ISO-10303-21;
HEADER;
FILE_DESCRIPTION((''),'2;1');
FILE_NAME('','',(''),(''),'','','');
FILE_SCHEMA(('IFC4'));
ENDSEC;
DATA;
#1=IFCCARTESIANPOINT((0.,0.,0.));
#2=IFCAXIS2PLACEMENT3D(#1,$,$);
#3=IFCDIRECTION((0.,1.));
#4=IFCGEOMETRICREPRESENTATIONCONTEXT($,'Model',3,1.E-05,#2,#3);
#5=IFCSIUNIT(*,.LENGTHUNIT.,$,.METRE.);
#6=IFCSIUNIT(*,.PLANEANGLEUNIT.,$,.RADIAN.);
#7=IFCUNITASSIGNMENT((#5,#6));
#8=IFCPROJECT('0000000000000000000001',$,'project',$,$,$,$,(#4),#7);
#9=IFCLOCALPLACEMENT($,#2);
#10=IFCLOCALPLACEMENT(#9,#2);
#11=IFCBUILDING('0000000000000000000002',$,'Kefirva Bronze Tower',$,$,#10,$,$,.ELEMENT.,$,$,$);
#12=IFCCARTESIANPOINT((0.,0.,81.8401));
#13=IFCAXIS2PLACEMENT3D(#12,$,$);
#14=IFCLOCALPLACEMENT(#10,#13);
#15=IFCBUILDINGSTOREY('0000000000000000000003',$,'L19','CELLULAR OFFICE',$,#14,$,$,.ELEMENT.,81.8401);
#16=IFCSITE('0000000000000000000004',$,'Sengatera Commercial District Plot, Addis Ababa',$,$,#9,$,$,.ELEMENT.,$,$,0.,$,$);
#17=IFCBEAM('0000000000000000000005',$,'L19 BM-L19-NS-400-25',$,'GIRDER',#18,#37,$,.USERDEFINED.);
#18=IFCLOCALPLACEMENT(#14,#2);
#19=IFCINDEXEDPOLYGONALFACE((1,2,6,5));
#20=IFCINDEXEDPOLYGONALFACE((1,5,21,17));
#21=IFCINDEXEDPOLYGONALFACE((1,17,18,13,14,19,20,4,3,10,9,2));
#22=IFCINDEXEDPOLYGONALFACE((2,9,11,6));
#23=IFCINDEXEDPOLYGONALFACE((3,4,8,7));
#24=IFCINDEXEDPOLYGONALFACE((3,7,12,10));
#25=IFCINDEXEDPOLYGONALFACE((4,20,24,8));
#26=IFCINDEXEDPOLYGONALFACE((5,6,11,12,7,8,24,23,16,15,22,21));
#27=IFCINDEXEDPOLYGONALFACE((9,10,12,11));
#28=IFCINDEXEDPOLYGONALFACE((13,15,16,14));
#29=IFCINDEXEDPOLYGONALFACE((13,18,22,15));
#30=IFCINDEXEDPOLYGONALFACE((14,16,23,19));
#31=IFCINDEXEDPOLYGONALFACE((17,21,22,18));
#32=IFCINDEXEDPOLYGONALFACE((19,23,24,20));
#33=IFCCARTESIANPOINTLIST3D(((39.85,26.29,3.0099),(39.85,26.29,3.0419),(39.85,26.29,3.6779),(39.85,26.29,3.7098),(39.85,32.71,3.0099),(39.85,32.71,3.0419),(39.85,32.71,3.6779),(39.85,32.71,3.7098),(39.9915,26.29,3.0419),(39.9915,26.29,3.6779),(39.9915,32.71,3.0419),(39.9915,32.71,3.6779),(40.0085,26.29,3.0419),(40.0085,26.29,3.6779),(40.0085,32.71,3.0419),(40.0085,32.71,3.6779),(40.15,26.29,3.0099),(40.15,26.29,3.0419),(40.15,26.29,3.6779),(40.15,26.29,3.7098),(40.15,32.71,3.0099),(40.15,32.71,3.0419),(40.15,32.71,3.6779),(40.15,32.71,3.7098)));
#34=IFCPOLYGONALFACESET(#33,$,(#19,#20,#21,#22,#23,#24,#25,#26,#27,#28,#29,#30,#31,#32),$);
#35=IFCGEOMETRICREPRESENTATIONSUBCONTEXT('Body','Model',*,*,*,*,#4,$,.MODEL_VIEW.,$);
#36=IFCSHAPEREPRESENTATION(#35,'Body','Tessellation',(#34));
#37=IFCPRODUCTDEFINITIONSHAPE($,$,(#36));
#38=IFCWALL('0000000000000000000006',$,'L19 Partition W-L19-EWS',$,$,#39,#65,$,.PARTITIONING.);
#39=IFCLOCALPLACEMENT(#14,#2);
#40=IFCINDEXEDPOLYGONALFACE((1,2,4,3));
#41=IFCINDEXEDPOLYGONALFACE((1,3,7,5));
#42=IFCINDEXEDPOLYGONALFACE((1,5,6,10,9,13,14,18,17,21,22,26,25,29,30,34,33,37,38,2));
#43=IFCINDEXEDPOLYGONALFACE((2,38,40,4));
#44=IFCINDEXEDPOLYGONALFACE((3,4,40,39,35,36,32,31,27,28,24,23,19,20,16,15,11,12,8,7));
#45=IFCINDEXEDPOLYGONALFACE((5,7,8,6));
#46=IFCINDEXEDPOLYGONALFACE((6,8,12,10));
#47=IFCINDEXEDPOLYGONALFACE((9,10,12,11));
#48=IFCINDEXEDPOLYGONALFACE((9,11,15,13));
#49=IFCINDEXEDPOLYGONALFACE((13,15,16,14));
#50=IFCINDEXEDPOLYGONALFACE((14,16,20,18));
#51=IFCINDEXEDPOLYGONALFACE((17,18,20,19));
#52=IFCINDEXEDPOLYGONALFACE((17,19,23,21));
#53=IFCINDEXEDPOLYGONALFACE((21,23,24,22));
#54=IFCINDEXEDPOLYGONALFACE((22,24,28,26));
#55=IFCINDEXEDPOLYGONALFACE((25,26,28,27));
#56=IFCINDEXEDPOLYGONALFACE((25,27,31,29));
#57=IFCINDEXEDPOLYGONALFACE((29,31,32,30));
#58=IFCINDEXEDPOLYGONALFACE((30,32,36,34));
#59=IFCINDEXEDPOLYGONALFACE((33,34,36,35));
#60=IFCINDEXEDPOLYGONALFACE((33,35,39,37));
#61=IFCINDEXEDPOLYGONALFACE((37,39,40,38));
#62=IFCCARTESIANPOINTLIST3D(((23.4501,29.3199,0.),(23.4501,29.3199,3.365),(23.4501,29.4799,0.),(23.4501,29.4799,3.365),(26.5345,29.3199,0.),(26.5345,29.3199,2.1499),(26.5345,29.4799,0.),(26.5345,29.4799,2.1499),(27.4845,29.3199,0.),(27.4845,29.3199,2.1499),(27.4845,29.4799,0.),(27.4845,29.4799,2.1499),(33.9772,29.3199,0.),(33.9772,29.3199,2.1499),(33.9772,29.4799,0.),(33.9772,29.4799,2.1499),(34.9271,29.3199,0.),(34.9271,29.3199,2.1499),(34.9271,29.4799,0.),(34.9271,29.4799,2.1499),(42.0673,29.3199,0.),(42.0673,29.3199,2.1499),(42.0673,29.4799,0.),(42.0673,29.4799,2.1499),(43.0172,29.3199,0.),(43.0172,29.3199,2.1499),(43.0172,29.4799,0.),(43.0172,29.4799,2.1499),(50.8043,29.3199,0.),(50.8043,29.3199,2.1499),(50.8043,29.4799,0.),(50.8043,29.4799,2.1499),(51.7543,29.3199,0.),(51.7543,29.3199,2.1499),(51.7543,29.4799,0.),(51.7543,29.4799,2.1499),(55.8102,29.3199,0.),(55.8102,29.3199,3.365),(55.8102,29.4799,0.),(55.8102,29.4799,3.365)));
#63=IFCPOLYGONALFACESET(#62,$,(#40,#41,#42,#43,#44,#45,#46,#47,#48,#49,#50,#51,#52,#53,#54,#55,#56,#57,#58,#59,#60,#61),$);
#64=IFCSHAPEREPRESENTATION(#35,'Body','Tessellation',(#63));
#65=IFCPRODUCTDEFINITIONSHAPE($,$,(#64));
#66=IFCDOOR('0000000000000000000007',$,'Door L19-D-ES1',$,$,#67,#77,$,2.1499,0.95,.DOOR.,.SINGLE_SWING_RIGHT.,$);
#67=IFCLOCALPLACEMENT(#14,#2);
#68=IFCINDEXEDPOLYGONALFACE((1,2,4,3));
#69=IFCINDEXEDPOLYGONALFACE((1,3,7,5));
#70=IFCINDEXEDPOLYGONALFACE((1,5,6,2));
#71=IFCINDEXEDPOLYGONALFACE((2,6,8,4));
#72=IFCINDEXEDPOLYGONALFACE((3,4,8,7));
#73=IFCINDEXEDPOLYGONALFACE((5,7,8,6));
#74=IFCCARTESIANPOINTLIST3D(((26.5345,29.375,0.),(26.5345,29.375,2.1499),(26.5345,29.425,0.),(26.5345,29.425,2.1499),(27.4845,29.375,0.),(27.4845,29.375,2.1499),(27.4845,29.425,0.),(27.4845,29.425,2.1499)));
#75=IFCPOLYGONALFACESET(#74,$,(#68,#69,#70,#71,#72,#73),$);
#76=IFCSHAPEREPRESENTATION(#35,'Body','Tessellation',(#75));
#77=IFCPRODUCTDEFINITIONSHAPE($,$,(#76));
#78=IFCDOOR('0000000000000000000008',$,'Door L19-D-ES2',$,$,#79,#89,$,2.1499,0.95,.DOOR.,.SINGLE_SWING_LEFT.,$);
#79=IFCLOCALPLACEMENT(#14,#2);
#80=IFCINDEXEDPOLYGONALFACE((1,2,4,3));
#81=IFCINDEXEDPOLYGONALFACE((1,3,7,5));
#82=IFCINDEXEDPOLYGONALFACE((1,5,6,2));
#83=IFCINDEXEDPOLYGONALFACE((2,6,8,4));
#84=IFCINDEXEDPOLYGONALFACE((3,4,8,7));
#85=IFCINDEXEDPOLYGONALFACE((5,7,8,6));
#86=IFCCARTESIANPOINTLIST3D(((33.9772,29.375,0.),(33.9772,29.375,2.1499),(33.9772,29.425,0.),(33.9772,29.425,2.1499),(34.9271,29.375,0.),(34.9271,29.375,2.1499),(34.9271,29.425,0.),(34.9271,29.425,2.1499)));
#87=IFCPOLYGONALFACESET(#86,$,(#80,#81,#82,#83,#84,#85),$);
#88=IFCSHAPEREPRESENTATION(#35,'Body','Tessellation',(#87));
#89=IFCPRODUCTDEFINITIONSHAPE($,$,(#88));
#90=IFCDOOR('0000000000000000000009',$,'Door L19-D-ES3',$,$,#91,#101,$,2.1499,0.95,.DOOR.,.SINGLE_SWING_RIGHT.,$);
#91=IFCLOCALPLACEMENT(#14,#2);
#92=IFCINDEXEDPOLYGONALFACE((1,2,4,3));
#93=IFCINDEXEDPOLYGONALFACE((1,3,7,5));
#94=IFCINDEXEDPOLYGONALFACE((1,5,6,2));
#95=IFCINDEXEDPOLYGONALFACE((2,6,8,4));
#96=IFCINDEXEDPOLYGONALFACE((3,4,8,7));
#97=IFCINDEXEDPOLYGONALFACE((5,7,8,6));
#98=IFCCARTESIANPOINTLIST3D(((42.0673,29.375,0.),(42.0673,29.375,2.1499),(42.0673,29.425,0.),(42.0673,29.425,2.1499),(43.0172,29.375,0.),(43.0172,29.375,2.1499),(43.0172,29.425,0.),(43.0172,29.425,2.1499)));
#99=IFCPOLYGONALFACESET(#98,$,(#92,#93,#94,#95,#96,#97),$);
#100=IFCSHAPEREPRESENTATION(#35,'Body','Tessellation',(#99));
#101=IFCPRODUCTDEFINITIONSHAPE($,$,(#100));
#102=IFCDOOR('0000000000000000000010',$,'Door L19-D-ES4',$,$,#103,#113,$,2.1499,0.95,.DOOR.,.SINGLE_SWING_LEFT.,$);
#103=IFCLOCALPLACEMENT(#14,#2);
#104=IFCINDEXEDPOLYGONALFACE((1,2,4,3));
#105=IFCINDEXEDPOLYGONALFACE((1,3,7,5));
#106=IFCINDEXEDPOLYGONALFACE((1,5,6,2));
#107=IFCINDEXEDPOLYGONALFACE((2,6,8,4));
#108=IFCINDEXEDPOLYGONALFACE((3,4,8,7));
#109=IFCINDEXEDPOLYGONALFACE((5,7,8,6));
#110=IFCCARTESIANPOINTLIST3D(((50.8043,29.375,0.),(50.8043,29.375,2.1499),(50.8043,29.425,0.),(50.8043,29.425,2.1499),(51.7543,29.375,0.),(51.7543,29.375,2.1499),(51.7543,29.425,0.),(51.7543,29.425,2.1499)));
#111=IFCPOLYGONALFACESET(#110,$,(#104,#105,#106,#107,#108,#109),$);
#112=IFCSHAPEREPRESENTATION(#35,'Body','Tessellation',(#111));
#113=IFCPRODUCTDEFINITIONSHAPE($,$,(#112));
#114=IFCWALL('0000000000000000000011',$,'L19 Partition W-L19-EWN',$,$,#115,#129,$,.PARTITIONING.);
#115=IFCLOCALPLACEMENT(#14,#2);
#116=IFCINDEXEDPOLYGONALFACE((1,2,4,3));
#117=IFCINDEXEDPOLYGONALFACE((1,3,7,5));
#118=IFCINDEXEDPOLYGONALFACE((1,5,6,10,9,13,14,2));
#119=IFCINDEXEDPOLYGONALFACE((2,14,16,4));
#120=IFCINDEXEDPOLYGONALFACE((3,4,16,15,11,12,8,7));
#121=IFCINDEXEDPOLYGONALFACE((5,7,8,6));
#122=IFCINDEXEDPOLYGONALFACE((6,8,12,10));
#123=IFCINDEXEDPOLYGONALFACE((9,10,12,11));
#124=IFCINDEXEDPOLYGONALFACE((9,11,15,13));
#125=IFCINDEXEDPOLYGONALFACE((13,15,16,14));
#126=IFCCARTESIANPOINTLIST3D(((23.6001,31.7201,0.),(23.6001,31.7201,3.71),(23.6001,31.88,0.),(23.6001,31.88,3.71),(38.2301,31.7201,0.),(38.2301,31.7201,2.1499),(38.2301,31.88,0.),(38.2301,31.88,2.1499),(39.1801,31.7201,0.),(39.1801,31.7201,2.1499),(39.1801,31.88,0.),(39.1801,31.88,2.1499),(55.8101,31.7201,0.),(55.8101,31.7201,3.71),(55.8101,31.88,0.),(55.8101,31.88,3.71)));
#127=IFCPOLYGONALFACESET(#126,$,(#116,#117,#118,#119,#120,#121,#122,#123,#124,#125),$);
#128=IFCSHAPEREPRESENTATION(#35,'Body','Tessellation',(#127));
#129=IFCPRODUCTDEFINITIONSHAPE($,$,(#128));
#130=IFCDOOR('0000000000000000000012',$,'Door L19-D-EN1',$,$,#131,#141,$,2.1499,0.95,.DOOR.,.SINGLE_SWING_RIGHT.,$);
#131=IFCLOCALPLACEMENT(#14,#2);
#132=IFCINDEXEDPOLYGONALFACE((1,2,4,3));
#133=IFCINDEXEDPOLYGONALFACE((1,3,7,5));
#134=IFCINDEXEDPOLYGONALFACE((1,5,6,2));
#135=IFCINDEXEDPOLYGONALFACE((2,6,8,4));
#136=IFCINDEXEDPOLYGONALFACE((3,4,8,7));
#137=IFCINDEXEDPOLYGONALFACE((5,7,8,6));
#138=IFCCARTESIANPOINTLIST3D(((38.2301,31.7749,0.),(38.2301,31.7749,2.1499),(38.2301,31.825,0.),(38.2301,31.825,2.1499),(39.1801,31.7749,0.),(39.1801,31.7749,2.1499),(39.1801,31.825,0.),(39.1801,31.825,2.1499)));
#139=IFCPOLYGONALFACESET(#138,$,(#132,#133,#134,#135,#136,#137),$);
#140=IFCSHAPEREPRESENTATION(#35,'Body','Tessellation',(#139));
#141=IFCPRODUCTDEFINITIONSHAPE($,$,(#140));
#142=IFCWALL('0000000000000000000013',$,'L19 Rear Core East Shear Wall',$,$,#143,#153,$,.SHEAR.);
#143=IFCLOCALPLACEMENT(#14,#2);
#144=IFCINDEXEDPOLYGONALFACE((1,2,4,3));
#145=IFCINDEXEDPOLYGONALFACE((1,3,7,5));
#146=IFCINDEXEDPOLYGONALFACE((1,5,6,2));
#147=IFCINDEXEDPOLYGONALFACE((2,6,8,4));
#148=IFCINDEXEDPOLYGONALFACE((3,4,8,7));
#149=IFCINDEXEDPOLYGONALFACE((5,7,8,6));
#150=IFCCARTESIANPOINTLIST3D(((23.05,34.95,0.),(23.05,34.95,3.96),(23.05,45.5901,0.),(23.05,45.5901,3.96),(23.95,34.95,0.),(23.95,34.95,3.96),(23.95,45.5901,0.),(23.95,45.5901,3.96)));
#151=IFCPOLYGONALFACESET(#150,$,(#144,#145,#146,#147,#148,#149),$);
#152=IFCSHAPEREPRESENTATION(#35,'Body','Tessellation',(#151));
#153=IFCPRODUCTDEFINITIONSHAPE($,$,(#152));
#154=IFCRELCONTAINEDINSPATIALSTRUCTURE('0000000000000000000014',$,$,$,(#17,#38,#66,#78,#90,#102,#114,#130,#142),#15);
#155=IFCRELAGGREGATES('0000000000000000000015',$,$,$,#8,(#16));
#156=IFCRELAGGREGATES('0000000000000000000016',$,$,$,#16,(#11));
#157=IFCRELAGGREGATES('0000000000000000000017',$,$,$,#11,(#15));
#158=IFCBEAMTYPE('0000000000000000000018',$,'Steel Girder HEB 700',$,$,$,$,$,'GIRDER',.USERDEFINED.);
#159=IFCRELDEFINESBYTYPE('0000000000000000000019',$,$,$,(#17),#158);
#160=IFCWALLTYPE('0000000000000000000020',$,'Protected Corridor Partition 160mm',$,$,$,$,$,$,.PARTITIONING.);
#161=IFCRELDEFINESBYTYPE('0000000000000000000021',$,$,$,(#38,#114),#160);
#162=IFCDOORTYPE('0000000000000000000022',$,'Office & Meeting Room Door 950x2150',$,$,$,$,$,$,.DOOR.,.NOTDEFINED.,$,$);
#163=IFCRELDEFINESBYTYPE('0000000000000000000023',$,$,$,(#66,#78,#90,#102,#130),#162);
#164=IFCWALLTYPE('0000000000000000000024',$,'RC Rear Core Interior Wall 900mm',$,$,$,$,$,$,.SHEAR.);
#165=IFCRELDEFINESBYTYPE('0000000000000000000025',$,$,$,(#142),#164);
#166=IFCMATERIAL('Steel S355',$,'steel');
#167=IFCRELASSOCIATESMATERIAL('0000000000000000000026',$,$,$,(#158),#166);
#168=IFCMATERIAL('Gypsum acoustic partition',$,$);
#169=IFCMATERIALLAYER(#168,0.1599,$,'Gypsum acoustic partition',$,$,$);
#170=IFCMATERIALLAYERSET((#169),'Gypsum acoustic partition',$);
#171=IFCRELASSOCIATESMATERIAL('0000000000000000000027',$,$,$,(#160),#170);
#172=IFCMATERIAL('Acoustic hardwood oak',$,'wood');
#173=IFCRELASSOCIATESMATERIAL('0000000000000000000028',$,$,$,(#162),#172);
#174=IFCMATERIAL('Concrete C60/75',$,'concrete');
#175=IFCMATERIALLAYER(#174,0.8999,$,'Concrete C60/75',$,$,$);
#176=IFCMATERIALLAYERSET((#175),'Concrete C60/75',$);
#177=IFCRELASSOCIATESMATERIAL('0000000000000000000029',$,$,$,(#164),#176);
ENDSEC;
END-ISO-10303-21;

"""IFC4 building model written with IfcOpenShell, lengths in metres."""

from ifc_helpers import new_model, si_unit, direction, frame, frame_2d, origin, origin_2d, place, context, subcontext, project, spatial, rectangle, i_section, extrude, material, layer, layer_set, material_profile, profile_set, type_object, element, fill, save


model = new_model("IFC4")

# Units and contexts
model_context = context("Model", 3, precision=1e-05, world=origin(), true_north=direction((0.0, 1.0)))
body_context = subcontext(model_context, "Body", "Model", "MODEL_VIEW")
ifc_project = project(units=[si_unit("LENGTHUNIT", "METRE"), si_unit("PLANEANGLEUNIT", "RADIAN")], contexts=[model_context])

# Site, building, storey
site_placement = place(None, origin())
site = spatial("IfcSite", under=ifc_project, at=site_placement, Name="Sengatera Commercial District Plot, Addis Ababa", CompositionType="ELEMENT", RefElevation=0.0)
building_placement = place(site_placement, origin())
building = spatial("IfcBuilding", under=site, at=building_placement, Name="Kefirva Bronze Tower", CompositionType="ELEMENT")
storey_placement = place(building_placement, frame((0.0, 0.0, 81.8401)))
storey = spatial("IfcBuildingStorey", under=building, at=storey_placement, Name="L19", Description="CELLULAR OFFICE", CompositionType="ELEMENT", Elevation=81.8401)

# Shared definitions
ifc_material_1 = material(Name="Concrete C60/75", Category="concrete")

# Beam
ifc_material_2 = material(Name="Steel S355", Category="steel")
ifc_material_profile_1 = material_profile(ifc_material_2, i_section(OverallWidth=0.3, OverallDepth=0.7, WebThickness=0.0171, FlangeThickness=0.032, at=origin_2d()), Name="HEB 700")
ifc_profile_set_1 = profile_set([ifc_material_profile_1], Name="Steel S355")
beam_type_1 = type_object("IfcBeamType", Name="Steel Girder HEB 700", ElementType="GIRDER", PredefinedType="USERDEFINED", material=ifc_profile_set_1)
beam_1_placement = place(storey_placement, frame((40.0, 26.29, 3.3599), z_axis=(0.0, 1.0, 0.0), x_axis=(-1.0, 0.0, 0.0)))
element("IfcBeam", 1, at=beam_1_placement, inside=storey, type_object=beam_type_1, Name="L19 BM-L19-NS-400-25", ObjectType="GIRDER", PredefinedType="USERDEFINED", context=body_context, shape_type="SweptSolid", body=[
    extrude(i_section(OverallWidth=0.3, OverallDepth=0.7, WebThickness=0.0171, FlangeThickness=0.032, at=origin_2d()), origin(), (0.0, 0.0, 1.0), 6.4199),
])

# Wall, openings, doors
ifc_material_3 = material(Name="Gypsum acoustic partition")
ifc_layer_1 = layer(ifc_material_3, 0.1599, Name="Gypsum acoustic partition")
ifc_layer_set_1 = layer_set([ifc_layer_1], Name="Gypsum acoustic partition")
wall_type_1 = type_object("IfcWallType", Name="Protected Corridor Partition 160mm", PredefinedType="PARTITIONING", material=ifc_layer_set_1)
wall_1_placement = place(storey_placement, frame((23.45, 29.3999, 0.0), z_axis=(0.0, 0.0, 1.0), x_axis=(1.0, 0.0, 0.0)))
wall_1 = element("IfcWall", 2, at=wall_1_placement, inside=storey, type_object=wall_type_1, Name="L19 Partition W-L19-EWS", PredefinedType="PARTITIONING", context=body_context, shape_type="SweptSolid", body=[
    extrude(rectangle(XDim=32.3601, YDim=0.1599, at=frame_2d((16.1802, 0.0))), origin(), (0.0, 0.0, 1.0), 3.365),
])
opening_1_placement = place(wall_1_placement, frame((4.0347, 0.0, 0.0), z_axis=(0.0, 0.0, 1.0), x_axis=(-1.0, 0.0, 0.0)))
opening_1 = element("IfcOpeningElement", 3, at=opening_1_placement, cuts=wall_1, PredefinedType="OPENING", context=body_context, shape_type="SweptSolid", body=[
    extrude(rectangle(XDim=0.95, YDim=2.1499, at=frame_2d((0.4751, 1.075))), frame((0.0, 0.0898, 0.0), z_axis=(0.0, -1.0, 0.0), x_axis=(1.0, 0.0, 0.0)), (0.0, 0.0, 1.0), 0.1799),
])
opening_2_placement = place(wall_1_placement, frame((11.4773, 0.0, 0.0), z_axis=(0.0, 0.0, 1.0), x_axis=(-1.0, 0.0, 0.0)))
opening_2 = element("IfcOpeningElement", 4, at=opening_2_placement, cuts=wall_1, PredefinedType="OPENING", context=body_context, shape_type="SweptSolid", body=[
    extrude(rectangle(XDim=0.95, YDim=2.1499, at=frame_2d((0.4751, 1.075))), frame((0.0, 0.0898, 0.0), z_axis=(0.0, -1.0, 0.0), x_axis=(1.0, 0.0, 0.0)), (0.0, 0.0, 1.0), 0.1799),
])
opening_3_placement = place(wall_1_placement, frame((19.5674, 0.0, 0.0), z_axis=(0.0, 0.0, 1.0), x_axis=(-1.0, 0.0, 0.0)))
opening_3 = element("IfcOpeningElement", 5, at=opening_3_placement, cuts=wall_1, PredefinedType="OPENING", context=body_context, shape_type="SweptSolid", body=[
    extrude(rectangle(XDim=0.95, YDim=2.1499, at=frame_2d((0.4751, 1.075))), frame((0.0, 0.0898, 0.0), z_axis=(0.0, -1.0, 0.0), x_axis=(1.0, 0.0, 0.0)), (0.0, 0.0, 1.0), 0.1799),
])
opening_4_placement = place(wall_1_placement, frame((28.3044, 0.0, 0.0), z_axis=(0.0, 0.0, 1.0), x_axis=(-1.0, 0.0, 0.0)))
opening_4 = element("IfcOpeningElement", 6, at=opening_4_placement, cuts=wall_1, PredefinedType="OPENING", context=body_context, shape_type="SweptSolid", body=[
    extrude(rectangle(XDim=0.95, YDim=2.1499, at=frame_2d((0.4751, 1.075))), frame((0.0, 0.0898, 0.0), z_axis=(0.0, -1.0, 0.0), x_axis=(1.0, 0.0, 0.0)), (0.0, 0.0, 1.0), 0.1799),
])
ifc_material_4 = material(Name="Acoustic hardwood oak", Category="wood")
door_type_1 = type_object("IfcDoorType", Name="Office & Meeting Room Door 950x2150", OperationType="NOTDEFINED", PredefinedType="DOOR", material=ifc_material_4)
door_1_placement = place(opening_1_placement, origin())
door_1 = element("IfcDoor", 7, at=door_1_placement, inside=storey, type_object=door_type_1, Name="Door L19-D-ES1", OperationType="SINGLE_SWING_RIGHT", OverallHeight=2.1499, OverallWidth=0.95, PredefinedType="DOOR", context=body_context, shape_type="SweptSolid", body=[
    extrude(rectangle(XDim=0.95, YDim=2.1499, at=frame_2d((0.4751, 1.075))), frame((0.0, 0.0249, 0.0), z_axis=(0.0, -1.0, 0.0), x_axis=(1.0, 0.0, 0.0)), (0.0, 0.0, 1.0), 0.05),
])
fill(opening_1, door_1)
door_2_placement = place(opening_2_placement, origin())
door_2 = element("IfcDoor", 8, at=door_2_placement, inside=storey, type_object=door_type_1, Name="Door L19-D-ES2", OperationType="SINGLE_SWING_LEFT", OverallHeight=2.1499, OverallWidth=0.95, PredefinedType="DOOR", context=body_context, shape_type="SweptSolid", body=[
    extrude(rectangle(XDim=0.95, YDim=2.1499, at=frame_2d((0.4751, 1.075))), frame((0.0, 0.0249, 0.0), z_axis=(0.0, -1.0, 0.0), x_axis=(1.0, 0.0, 0.0)), (0.0, 0.0, 1.0), 0.05),
])
fill(opening_2, door_2)
door_3_placement = place(opening_3_placement, origin())
door_3 = element("IfcDoor", 9, at=door_3_placement, inside=storey, type_object=door_type_1, Name="Door L19-D-ES3", OperationType="SINGLE_SWING_RIGHT", OverallHeight=2.1499, OverallWidth=0.95, PredefinedType="DOOR", context=body_context, shape_type="SweptSolid", body=[
    extrude(rectangle(XDim=0.95, YDim=2.1499, at=frame_2d((0.4751, 1.075))), frame((0.0, 0.0249, 0.0), z_axis=(0.0, -1.0, 0.0), x_axis=(1.0, 0.0, 0.0)), (0.0, 0.0, 1.0), 0.05),
])
fill(opening_3, door_3)
door_4_placement = place(opening_4_placement, origin())
door_4 = element("IfcDoor", 10, at=door_4_placement, inside=storey, type_object=door_type_1, Name="Door L19-D-ES4", OperationType="SINGLE_SWING_LEFT", OverallHeight=2.1499, OverallWidth=0.95, PredefinedType="DOOR", context=body_context, shape_type="SweptSolid", body=[
    extrude(rectangle(XDim=0.95, YDim=2.1499, at=frame_2d((0.4751, 1.075))), frame((0.0, 0.0249, 0.0), z_axis=(0.0, -1.0, 0.0), x_axis=(1.0, 0.0, 0.0)), (0.0, 0.0, 1.0), 0.05),
])
fill(opening_4, door_4)

# Wall, opening, door
wall_2_placement = place(storey_placement, frame((23.6001, 31.8, 0.0), z_axis=(0.0, 0.0, 1.0), x_axis=(1.0, 0.0, 0.0)))
wall_2 = element("IfcWall", 11, at=wall_2_placement, inside=storey, type_object=wall_type_1, Name="L19 Partition W-L19-EWN", PredefinedType="PARTITIONING", context=body_context, shape_type="SweptSolid", body=[
    extrude(rectangle(XDim=32.21, YDim=0.1599, at=frame_2d((16.105, 0.0))), origin(), (0.0, 0.0, 1.0), 3.71),
])
opening_5_placement = place(wall_2_placement, frame((14.6299, 0.0, 0.0)))
opening_5 = element("IfcOpeningElement", 12, at=opening_5_placement, cuts=wall_2, PredefinedType="OPENING", context=body_context, shape_type="SweptSolid", body=[
    extrude(rectangle(XDim=0.95, YDim=2.1499, at=frame_2d((0.4751, 1.075))), frame((0.0, 0.0898, 0.0), z_axis=(0.0, -1.0, 0.0), x_axis=(1.0, 0.0, 0.0)), (0.0, 0.0, 1.0), 0.1799),
])
door_5_placement = place(opening_5_placement, origin())
door_5 = element("IfcDoor", 13, at=door_5_placement, inside=storey, type_object=door_type_1, Name="Door L19-D-EN1", OperationType="SINGLE_SWING_RIGHT", OverallHeight=2.1499, OverallWidth=0.95, PredefinedType="DOOR", context=body_context, shape_type="SweptSolid", body=[
    extrude(rectangle(XDim=0.95, YDim=2.1499, at=frame_2d((0.4751, 1.075))), frame((0.0, 0.0249, 0.0), z_axis=(0.0, -1.0, 0.0), x_axis=(1.0, 0.0, 0.0)), (0.0, 0.0, 1.0), 0.05),
])
fill(opening_5, door_5)

# Wall
ifc_layer_2 = layer(ifc_material_1, 0.8999, Name="Concrete C60/75")
ifc_layer_set_2 = layer_set([ifc_layer_2], Name="Concrete C60/75")
wall_type_2 = type_object("IfcWallType", Name="RC Rear Core Interior Wall 900mm", PredefinedType="SHEAR", material=ifc_layer_set_2)
wall_3_placement = place(storey_placement, frame((23.5, 34.95, 0.0), z_axis=(0.0, 0.0, 1.0), x_axis=(0.0, 1.0, 0.0)))
element("IfcWall", 14, at=wall_3_placement, inside=storey, type_object=wall_type_2, Name="L19 Rear Core East Shear Wall", PredefinedType="SHEAR", context=body_context, shape_type="SweptSolid", body=[
    extrude(rectangle(XDim=10.6401, YDim=0.8999, at=frame_2d((5.3201, 0.0))), origin(), (0.0, 0.0, 1.0), 3.96),
])

save(model, "model.ifc")
